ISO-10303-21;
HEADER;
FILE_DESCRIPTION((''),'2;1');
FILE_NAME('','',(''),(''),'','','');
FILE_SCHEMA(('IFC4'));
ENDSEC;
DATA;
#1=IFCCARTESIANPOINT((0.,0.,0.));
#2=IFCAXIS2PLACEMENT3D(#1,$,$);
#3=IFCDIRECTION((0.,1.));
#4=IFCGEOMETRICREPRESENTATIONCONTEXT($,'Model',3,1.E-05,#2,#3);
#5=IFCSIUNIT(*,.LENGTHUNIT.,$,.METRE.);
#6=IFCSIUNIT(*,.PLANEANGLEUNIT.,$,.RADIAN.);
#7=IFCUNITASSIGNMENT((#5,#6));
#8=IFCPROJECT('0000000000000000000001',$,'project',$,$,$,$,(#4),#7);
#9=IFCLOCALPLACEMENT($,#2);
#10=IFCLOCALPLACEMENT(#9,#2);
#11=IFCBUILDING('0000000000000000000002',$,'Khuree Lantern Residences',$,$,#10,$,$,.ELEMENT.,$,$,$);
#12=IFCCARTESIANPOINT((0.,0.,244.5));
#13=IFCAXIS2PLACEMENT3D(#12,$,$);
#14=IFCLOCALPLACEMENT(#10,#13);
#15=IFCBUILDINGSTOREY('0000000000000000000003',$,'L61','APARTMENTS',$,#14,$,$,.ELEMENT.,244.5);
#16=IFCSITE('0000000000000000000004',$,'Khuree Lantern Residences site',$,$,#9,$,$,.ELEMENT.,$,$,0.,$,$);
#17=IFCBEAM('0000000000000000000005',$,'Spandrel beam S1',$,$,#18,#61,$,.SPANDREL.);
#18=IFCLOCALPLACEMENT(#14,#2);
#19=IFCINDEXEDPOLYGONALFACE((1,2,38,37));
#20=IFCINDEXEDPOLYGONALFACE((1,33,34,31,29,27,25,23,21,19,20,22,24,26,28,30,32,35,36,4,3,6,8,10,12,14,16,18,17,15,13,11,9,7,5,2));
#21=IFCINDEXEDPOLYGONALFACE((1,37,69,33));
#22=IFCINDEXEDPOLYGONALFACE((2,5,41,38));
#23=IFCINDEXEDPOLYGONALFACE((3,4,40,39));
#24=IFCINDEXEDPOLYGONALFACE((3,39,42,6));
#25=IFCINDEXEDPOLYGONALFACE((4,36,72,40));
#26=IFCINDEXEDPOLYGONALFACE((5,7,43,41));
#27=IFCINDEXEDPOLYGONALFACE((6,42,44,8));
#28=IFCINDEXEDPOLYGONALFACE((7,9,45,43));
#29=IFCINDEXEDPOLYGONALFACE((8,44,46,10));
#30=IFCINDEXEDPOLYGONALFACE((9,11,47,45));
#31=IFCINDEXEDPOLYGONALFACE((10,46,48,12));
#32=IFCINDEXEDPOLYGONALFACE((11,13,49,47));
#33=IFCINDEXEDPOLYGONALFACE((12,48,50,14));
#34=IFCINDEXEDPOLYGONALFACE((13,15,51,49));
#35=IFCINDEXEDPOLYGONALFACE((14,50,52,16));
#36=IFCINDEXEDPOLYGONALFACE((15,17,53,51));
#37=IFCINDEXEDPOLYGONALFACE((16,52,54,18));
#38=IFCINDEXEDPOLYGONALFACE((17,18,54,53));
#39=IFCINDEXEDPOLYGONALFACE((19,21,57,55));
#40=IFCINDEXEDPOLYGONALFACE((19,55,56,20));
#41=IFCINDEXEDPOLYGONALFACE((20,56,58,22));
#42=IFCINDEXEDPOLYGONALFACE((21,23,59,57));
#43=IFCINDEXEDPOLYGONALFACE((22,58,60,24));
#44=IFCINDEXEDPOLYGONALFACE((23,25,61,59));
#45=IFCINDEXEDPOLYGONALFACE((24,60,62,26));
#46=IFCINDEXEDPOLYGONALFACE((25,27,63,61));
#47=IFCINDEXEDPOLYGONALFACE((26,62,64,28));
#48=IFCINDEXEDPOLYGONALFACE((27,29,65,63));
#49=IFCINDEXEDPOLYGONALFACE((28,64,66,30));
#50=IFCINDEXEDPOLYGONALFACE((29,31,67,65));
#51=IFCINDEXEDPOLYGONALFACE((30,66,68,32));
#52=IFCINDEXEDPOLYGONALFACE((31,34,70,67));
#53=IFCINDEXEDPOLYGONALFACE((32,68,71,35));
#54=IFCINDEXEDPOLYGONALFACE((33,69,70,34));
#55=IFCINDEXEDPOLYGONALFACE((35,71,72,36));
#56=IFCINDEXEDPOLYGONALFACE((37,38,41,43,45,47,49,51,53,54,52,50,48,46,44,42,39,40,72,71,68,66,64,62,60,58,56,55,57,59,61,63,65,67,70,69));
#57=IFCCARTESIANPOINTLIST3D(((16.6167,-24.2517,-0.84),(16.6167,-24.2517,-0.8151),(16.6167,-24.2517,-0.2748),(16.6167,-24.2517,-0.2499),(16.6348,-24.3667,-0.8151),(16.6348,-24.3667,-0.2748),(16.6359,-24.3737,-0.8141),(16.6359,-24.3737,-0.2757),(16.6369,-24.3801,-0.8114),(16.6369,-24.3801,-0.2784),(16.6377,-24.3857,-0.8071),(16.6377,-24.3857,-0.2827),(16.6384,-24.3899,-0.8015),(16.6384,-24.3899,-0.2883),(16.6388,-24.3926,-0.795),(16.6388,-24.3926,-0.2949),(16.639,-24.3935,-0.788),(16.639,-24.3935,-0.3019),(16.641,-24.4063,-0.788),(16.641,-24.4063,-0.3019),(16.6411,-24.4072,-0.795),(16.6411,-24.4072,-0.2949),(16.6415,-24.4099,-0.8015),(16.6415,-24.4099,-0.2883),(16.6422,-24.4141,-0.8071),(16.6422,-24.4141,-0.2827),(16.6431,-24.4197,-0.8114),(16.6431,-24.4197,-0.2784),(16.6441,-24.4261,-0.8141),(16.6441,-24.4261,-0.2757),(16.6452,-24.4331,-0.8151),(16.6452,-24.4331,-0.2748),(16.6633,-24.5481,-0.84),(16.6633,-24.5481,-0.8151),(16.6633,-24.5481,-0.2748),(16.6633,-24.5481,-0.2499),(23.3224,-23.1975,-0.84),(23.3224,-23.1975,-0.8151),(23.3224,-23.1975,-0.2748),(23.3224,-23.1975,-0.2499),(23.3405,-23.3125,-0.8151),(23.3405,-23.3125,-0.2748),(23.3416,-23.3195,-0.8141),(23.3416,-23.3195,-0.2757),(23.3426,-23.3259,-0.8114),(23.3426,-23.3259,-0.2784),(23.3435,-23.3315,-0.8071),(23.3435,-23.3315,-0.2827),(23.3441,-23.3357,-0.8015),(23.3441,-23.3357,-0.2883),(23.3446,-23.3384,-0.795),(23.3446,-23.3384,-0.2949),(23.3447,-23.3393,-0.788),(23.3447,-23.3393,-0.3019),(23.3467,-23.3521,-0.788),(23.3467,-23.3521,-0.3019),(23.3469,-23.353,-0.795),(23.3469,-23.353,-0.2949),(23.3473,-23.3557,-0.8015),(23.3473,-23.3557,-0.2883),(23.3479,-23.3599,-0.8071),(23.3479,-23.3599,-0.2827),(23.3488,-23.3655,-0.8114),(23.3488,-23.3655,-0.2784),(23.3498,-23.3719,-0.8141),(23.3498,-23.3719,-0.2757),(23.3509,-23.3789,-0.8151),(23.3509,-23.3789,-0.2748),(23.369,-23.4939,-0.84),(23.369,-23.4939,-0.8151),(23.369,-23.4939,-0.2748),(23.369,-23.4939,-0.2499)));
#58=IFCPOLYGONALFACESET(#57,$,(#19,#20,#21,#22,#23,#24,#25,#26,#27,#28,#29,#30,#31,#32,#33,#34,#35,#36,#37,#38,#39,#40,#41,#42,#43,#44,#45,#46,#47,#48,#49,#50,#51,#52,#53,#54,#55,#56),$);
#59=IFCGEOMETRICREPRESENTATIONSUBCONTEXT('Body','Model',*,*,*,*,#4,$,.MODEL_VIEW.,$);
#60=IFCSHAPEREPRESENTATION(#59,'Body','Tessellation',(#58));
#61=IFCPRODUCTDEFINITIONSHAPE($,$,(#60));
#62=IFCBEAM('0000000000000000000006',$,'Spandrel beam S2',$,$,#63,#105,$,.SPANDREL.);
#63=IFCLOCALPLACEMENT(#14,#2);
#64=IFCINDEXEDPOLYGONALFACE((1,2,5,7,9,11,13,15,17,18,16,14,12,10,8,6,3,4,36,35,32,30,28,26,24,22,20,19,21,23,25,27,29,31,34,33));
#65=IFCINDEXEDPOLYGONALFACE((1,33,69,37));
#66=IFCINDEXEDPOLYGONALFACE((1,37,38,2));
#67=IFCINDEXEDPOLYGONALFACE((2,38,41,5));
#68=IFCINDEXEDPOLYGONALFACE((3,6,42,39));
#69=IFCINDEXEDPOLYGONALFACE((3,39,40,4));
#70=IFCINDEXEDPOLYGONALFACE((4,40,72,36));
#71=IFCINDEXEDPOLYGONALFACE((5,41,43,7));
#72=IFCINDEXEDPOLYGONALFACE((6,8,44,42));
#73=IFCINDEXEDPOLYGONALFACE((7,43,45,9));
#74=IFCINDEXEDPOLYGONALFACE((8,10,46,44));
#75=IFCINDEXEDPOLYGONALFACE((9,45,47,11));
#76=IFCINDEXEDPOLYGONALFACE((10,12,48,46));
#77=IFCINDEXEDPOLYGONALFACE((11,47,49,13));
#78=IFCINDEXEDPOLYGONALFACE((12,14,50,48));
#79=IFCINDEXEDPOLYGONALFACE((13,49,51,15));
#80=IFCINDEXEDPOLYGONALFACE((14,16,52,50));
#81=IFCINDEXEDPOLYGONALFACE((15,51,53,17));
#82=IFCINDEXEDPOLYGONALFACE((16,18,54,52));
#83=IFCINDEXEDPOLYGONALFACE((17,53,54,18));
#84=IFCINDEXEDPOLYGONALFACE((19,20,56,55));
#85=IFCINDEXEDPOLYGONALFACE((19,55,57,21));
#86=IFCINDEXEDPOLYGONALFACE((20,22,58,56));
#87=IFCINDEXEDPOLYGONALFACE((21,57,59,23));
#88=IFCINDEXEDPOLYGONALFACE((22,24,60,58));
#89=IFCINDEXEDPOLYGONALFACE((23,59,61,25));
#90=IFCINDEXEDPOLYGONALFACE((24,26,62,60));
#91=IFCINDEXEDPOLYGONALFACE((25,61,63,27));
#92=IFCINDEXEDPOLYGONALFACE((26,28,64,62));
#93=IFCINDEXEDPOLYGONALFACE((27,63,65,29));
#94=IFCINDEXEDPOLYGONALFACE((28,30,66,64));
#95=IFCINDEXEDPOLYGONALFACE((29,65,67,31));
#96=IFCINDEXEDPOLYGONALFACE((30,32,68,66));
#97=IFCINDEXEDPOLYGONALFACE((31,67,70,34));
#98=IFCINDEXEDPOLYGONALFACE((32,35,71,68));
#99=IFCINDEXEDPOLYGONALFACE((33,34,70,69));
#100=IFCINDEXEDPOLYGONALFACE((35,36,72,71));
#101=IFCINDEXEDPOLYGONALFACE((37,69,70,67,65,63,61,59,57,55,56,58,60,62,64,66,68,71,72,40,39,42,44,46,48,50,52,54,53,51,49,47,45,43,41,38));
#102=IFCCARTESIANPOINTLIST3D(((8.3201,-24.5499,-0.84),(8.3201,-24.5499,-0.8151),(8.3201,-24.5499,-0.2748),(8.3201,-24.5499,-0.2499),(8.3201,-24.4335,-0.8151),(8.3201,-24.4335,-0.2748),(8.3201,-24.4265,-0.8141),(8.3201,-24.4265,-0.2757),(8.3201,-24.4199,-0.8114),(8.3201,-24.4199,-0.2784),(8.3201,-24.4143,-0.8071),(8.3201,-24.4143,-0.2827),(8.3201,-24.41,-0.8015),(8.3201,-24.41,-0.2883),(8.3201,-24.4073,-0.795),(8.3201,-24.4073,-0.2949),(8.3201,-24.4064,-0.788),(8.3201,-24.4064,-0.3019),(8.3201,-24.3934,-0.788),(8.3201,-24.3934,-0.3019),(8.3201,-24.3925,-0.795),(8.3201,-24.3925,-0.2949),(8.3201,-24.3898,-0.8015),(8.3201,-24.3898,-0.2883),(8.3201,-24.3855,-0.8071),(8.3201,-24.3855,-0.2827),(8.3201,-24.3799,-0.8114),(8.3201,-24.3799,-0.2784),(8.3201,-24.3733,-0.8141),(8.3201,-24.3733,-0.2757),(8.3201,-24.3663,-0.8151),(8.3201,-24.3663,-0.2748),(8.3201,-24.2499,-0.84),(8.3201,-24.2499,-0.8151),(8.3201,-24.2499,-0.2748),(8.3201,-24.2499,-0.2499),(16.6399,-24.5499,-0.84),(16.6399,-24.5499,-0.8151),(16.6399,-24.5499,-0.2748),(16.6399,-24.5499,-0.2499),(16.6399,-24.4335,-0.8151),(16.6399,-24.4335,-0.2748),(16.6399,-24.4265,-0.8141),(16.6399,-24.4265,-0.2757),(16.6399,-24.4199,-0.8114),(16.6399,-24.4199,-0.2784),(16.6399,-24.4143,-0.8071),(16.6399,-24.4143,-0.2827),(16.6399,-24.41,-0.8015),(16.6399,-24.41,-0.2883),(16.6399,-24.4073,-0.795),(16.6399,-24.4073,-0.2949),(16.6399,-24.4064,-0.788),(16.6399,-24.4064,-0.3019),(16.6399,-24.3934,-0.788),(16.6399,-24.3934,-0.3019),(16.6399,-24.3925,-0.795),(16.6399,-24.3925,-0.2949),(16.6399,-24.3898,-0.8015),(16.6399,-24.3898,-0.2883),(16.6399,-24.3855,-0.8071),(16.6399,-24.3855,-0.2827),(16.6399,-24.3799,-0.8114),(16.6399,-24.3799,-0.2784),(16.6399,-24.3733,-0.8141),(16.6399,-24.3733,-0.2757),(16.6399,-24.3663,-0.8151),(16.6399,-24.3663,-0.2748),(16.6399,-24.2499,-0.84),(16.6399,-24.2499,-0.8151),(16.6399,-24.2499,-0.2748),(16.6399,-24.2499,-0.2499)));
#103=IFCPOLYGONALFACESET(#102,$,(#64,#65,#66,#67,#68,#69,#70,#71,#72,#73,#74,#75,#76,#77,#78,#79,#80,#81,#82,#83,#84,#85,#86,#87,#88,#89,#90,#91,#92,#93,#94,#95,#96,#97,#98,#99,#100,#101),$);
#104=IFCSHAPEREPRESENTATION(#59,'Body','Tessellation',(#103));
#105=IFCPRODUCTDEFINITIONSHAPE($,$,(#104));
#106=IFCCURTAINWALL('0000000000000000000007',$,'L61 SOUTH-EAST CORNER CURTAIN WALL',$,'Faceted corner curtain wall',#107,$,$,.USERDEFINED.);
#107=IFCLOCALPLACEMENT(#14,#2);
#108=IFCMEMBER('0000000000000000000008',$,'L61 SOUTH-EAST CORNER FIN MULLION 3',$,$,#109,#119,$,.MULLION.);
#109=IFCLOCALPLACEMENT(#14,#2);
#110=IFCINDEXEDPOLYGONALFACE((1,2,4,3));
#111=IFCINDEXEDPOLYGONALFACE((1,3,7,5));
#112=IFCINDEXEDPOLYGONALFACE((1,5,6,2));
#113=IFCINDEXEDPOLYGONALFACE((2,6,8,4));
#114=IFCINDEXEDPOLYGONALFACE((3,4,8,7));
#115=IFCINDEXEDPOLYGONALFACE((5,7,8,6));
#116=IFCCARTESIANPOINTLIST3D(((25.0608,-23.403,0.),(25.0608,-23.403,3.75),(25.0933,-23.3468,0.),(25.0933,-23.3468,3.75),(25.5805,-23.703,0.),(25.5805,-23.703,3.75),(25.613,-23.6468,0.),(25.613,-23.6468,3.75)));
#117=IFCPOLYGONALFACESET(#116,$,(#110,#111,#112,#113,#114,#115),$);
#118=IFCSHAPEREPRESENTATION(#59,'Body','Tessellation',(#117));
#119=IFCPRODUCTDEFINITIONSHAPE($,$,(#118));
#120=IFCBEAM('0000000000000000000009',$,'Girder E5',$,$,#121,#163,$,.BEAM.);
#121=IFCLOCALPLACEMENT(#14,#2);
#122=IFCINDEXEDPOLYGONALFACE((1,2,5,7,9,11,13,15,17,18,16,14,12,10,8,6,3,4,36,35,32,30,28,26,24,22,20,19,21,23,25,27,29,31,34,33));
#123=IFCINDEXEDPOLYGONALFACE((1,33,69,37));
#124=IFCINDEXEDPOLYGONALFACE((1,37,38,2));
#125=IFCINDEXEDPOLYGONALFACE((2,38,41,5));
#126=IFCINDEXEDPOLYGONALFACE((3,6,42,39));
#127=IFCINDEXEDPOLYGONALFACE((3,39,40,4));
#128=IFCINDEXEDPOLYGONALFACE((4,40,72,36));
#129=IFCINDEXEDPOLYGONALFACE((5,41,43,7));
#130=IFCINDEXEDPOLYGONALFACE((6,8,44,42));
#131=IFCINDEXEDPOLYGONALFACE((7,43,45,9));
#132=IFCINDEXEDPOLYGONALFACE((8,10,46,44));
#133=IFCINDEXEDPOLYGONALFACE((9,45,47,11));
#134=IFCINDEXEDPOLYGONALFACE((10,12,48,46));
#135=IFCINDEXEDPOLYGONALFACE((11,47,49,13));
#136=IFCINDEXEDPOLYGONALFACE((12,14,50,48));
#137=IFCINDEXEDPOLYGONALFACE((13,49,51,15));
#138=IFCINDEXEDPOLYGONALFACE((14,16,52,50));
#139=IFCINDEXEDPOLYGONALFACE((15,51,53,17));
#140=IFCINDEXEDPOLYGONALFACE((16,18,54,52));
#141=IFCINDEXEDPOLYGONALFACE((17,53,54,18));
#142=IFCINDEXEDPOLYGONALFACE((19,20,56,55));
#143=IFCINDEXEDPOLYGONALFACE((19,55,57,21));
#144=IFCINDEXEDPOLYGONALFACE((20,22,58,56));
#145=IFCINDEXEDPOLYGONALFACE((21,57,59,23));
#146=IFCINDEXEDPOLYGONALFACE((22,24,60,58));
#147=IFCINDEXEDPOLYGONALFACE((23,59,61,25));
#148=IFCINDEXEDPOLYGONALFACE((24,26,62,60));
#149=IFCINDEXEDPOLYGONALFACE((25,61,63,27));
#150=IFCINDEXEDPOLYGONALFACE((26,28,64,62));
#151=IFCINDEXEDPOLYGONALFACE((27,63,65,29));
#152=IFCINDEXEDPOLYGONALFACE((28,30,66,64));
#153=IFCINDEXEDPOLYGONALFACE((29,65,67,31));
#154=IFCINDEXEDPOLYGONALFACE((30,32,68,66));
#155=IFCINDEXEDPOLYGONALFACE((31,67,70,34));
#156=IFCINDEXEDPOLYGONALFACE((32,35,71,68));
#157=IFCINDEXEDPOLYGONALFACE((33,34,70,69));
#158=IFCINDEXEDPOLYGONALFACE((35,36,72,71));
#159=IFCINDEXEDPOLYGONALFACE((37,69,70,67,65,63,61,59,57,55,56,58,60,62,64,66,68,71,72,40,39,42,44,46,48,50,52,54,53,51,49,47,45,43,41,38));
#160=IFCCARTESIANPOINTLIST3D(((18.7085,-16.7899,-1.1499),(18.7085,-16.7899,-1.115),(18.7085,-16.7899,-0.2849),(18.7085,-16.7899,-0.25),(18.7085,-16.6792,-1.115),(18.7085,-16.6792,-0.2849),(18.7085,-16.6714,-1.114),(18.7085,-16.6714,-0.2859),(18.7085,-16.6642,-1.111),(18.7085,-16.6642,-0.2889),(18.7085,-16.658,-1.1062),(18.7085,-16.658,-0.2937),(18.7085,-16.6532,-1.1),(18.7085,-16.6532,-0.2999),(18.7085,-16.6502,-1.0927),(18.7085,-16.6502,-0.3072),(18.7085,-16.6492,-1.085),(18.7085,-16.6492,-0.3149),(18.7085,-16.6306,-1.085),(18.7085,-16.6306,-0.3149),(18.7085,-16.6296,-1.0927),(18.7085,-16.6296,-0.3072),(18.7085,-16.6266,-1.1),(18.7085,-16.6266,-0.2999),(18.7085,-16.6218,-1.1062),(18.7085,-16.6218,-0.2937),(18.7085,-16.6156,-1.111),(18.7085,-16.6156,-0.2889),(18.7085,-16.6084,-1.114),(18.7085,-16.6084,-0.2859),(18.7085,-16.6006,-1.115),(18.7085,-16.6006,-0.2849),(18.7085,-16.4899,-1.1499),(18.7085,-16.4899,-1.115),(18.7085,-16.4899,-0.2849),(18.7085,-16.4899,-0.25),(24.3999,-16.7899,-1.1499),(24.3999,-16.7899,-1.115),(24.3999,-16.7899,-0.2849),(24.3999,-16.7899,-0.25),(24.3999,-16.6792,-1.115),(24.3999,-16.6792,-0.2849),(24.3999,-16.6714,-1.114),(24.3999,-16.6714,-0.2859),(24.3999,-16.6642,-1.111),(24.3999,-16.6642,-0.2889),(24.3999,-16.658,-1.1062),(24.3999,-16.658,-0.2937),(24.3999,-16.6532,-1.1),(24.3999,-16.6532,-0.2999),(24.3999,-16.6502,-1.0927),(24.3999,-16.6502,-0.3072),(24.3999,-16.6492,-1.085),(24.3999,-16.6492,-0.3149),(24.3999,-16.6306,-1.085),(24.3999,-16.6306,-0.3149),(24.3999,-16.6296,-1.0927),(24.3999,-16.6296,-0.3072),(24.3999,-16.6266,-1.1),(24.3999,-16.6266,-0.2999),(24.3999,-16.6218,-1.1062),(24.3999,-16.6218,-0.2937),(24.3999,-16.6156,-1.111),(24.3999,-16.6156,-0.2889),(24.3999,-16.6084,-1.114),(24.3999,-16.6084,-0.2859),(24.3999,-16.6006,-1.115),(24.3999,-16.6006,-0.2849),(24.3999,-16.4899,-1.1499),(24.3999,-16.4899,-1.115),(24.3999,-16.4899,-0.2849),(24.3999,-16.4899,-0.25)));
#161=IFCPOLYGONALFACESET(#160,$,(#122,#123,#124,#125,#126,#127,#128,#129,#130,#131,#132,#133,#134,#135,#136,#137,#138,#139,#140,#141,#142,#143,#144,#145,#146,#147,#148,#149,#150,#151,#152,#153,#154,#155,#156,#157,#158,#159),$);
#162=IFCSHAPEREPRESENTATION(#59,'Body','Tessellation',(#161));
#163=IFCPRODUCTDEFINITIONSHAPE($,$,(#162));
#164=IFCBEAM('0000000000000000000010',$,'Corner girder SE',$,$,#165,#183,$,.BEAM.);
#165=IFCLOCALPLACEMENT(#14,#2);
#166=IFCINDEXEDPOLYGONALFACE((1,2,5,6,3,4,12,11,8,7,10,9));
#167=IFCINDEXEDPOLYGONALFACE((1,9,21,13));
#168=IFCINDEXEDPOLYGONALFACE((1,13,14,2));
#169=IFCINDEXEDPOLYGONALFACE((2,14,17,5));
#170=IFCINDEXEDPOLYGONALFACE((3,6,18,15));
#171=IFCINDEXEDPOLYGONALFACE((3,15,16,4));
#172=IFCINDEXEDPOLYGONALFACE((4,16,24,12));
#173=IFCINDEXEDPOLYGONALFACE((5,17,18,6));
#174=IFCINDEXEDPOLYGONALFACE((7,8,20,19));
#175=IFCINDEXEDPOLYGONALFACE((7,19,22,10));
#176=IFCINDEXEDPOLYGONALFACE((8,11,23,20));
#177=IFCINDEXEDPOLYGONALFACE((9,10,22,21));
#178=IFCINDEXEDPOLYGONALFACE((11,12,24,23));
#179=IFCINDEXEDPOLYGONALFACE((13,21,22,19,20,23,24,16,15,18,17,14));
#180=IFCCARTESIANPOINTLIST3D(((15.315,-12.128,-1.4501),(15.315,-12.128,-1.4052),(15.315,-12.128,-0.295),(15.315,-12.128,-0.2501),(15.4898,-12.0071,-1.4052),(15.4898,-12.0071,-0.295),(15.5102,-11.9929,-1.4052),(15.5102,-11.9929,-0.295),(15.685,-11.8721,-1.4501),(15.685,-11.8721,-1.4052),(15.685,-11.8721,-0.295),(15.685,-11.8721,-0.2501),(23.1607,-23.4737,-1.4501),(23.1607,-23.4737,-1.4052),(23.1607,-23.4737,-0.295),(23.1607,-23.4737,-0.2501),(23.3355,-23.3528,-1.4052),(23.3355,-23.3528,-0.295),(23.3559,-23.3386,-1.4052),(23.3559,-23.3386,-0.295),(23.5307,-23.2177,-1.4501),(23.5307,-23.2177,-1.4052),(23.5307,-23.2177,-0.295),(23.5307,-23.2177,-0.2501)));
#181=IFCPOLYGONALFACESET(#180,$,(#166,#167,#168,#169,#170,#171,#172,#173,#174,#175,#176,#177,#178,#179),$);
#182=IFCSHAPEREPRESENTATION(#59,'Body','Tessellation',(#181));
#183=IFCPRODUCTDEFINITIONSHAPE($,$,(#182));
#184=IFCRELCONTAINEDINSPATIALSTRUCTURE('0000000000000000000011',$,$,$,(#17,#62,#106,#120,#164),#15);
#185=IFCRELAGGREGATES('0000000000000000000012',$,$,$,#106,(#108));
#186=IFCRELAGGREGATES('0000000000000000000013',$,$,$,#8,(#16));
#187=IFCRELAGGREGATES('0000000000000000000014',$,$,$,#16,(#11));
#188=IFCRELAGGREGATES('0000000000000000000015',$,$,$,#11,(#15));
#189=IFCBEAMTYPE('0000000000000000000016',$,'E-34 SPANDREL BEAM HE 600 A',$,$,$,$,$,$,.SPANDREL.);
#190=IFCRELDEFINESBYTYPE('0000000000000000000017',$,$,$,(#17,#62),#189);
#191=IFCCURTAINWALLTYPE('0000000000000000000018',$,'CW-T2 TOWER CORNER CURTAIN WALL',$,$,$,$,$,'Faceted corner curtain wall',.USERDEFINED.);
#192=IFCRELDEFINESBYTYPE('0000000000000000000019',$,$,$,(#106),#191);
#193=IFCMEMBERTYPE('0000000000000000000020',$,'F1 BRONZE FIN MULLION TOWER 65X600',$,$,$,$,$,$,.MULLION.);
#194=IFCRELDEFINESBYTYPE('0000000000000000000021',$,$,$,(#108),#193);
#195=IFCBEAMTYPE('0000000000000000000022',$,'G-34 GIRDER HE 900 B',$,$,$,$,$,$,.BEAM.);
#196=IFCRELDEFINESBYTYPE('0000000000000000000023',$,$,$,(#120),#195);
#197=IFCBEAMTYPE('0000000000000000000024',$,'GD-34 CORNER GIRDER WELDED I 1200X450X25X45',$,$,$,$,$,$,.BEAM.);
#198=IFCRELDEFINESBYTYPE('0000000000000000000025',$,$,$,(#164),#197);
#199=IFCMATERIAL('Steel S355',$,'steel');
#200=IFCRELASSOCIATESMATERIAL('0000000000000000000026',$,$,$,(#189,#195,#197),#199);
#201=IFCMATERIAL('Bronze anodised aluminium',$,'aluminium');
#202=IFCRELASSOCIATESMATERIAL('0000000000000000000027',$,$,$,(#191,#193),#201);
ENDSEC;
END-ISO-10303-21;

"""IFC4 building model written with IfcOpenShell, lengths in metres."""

from ifc_helpers import new_model, si_unit, direction, frame, origin, origin_2d, place, context, subcontext, project, spatial, rectangle, i_section, extrude, material, material_profile, profile_set, type_object, element, aggregate, save


model = new_model("IFC4")

# Units and contexts
model_context = context("Model", 3, precision=1e-05, world=origin(), true_north=direction((0.0, 1.0)))
body_context = subcontext(model_context, "Body", "Model", "MODEL_VIEW")
ifc_project = project(units=[si_unit("LENGTHUNIT", "METRE"), si_unit("PLANEANGLEUNIT", "RADIAN")], contexts=[model_context])

# Site, building, storey
site_placement = place(None, origin())
site = spatial("IfcSite", under=ifc_project, at=site_placement, Name="Khuree Lantern Residences site", CompositionType="ELEMENT", RefElevation=0.0)
building_placement = place(site_placement, origin())
building = spatial("IfcBuilding", under=site, at=building_placement, Name="Khuree Lantern Residences", CompositionType="ELEMENT")
storey_placement = place(building_placement, frame((0.0, 0.0, 244.5)))
storey = spatial("IfcBuildingStorey", under=building, at=storey_placement, Name="L61", Description="APARTMENTS", CompositionType="ELEMENT", Elevation=244.5)

# Beams
ifc_material_1 = material(Name="Steel S355", Category="steel")
ifc_material_profile_1 = material_profile(ifc_material_1, i_section(OverallWidth=0.3, OverallDepth=0.5901, WebThickness=0.0129, FlangeThickness=0.0249, FilletRadius=0.0271, at=origin_2d()), Name="HE 600 A")
ifc_profile_set_1 = profile_set([ifc_material_profile_1], Name="Steel S355")
beam_type_1 = type_object("IfcBeamType", Name="E-34 SPANDREL BEAM HE 600 A", PredefinedType="SPANDREL", material=ifc_profile_set_1)
for number, where, z_axis, x_axis, name in (
    (1, (23.3457, -23.3457, -0.5449), (-0.987867, -0.1553, 0.0), (0.1553, -0.987867, 0.0), "Spandrel beam S1"),
):
    element("IfcBeam", number, at=place(storey_placement, frame(where, z_axis=z_axis, x_axis=x_axis)), inside=storey, type_object=beam_type_1, Name=name, PredefinedType="SPANDREL", context=body_context, shape_type="SweptSolid", body=[
        extrude(i_section(OverallWidth=0.3, OverallDepth=0.5901, WebThickness=0.0129, FlangeThickness=0.0249, FilletRadius=0.0271, at=origin_2d()), origin(), (0.0, 0.0, 1.0), 6.7881),
    ])
beam_1_placement = place(storey_placement, frame((16.6399, -24.3999, -0.5449), z_axis=(-1.0, 0.0, 0.0), x_axis=(0.0, -1.0, 0.0)))
element("IfcBeam", 2, at=beam_1_placement, inside=storey, type_object=beam_type_1, Name="Spandrel beam S2", PredefinedType="SPANDREL", context=body_context, shape_type="SweptSolid", body=[
    extrude(i_section(OverallWidth=0.3, OverallDepth=0.5901, WebThickness=0.0129, FlangeThickness=0.0249, FilletRadius=0.0271, at=origin_2d()), origin(), (0.0, 0.0, 1.0), 8.3198),
])

# Curtain wall, member
ifc_material_2 = material(Name="Bronze anodised aluminium", Category="aluminium")
curtain_wall_type_1 = type_object("IfcCurtainWallType", Name="CW-T2 TOWER CORNER CURTAIN WALL", ElementType="Faceted corner curtain wall", PredefinedType="USERDEFINED", material=ifc_material_2)
curtain_wall_1_placement = place(storey_placement, origin())
curtain_wall_1 = element("IfcCurtainWall", 3, at=curtain_wall_1_placement, inside=storey, type_object=curtain_wall_type_1, Name="L61 SOUTH-EAST CORNER CURTAIN WALL", ObjectType="Faceted corner curtain wall", PredefinedType="USERDEFINED")
ifc_material_profile_2 = material_profile(ifc_material_2, rectangle(XDim=0.0649, YDim=0.6001, at=origin_2d()), Name="F1 65X600")
ifc_profile_set_2 = profile_set([ifc_material_profile_2], Name="Bronze anodised aluminium")
member_type_1 = type_object("IfcMemberType", Name="F1 BRONZE FIN MULLION TOWER 65X600", PredefinedType="MULLION", material=ifc_profile_set_2)
member_1_placement = place(storey_placement, frame((25.3369, -23.5249, 0.0), z_axis=(0.0, 0.0, 1.0), x_axis=(0.5, 0.866025, 0.0)))
member_1 = element("IfcMember", 4, at=member_1_placement, type_object=member_type_1, Name="L61 SOUTH-EAST CORNER FIN MULLION 3", PredefinedType="MULLION", context=body_context, shape_type="SweptSolid", body=[
    extrude(rectangle(XDim=0.0649, YDim=0.6001, at=origin_2d()), origin(), (0.0, 0.0, 1.0), 3.75),
])

# Beams
ifc_material_profile_3 = material_profile(ifc_material_1, i_section(OverallWidth=0.3, OverallDepth=0.8999, WebThickness=0.0186, FlangeThickness=0.0349, FilletRadius=0.03, at=origin_2d()), Name="HE 900 B")
ifc_profile_set_3 = profile_set([ifc_material_profile_3], Name="Steel S355")
beam_type_2 = type_object("IfcBeamType", Name="G-34 GIRDER HE 900 B", PredefinedType="BEAM", material=ifc_profile_set_3)
beam_2_placement = place(storey_placement, frame((24.3999, -16.6399, -0.7), z_axis=(-1.0, 0.0, 0.0), x_axis=(0.0, -1.0, 0.0)))
element("IfcBeam", 5, at=beam_2_placement, inside=storey, type_object=beam_type_2, Name="Girder E5", PredefinedType="BEAM", context=body_context, shape_type="SweptSolid", body=[
    extrude(i_section(OverallWidth=0.3, OverallDepth=0.8999, WebThickness=0.0186, FlangeThickness=0.0349, FilletRadius=0.03, at=origin_2d()), origin(), (0.0, 0.0, 1.0), 5.6914),
])
ifc_material_profile_4 = material_profile(ifc_material_1, i_section(OverallWidth=0.45, OverallDepth=1.2, WebThickness=0.0249, FlangeThickness=0.0449, at=origin_2d()), Name="WELDED I 1200X450X25X45")
ifc_profile_set_4 = profile_set([ifc_material_profile_4], Name="Steel S355")
beam_type_3 = type_object("IfcBeamType", Name="GD-34 CORNER GIRDER WELDED I 1200X450X25X45", PredefinedType="BEAM", material=ifc_profile_set_4)
beam_3_placement = place(storey_placement, frame((23.3457, -23.3457, -0.8501), z_axis=(-0.568768, 0.822498, 0.0), x_axis=(-0.822498, -0.568768, 0.0)))
element("IfcBeam", 6, at=beam_3_placement, inside=storey, type_object=beam_type_3, Name="Corner girder SE", PredefinedType="BEAM", context=body_context, shape_type="SweptSolid", body=[
    extrude(i_section(OverallWidth=0.45, OverallDepth=1.2, WebThickness=0.0249, FlangeThickness=0.0449, at=origin_2d()), origin(), (0.0, 0.0, 1.0), 13.7942),
])

aggregate(curtain_wall_1, [member_1])

save(model, "model.ifc")
